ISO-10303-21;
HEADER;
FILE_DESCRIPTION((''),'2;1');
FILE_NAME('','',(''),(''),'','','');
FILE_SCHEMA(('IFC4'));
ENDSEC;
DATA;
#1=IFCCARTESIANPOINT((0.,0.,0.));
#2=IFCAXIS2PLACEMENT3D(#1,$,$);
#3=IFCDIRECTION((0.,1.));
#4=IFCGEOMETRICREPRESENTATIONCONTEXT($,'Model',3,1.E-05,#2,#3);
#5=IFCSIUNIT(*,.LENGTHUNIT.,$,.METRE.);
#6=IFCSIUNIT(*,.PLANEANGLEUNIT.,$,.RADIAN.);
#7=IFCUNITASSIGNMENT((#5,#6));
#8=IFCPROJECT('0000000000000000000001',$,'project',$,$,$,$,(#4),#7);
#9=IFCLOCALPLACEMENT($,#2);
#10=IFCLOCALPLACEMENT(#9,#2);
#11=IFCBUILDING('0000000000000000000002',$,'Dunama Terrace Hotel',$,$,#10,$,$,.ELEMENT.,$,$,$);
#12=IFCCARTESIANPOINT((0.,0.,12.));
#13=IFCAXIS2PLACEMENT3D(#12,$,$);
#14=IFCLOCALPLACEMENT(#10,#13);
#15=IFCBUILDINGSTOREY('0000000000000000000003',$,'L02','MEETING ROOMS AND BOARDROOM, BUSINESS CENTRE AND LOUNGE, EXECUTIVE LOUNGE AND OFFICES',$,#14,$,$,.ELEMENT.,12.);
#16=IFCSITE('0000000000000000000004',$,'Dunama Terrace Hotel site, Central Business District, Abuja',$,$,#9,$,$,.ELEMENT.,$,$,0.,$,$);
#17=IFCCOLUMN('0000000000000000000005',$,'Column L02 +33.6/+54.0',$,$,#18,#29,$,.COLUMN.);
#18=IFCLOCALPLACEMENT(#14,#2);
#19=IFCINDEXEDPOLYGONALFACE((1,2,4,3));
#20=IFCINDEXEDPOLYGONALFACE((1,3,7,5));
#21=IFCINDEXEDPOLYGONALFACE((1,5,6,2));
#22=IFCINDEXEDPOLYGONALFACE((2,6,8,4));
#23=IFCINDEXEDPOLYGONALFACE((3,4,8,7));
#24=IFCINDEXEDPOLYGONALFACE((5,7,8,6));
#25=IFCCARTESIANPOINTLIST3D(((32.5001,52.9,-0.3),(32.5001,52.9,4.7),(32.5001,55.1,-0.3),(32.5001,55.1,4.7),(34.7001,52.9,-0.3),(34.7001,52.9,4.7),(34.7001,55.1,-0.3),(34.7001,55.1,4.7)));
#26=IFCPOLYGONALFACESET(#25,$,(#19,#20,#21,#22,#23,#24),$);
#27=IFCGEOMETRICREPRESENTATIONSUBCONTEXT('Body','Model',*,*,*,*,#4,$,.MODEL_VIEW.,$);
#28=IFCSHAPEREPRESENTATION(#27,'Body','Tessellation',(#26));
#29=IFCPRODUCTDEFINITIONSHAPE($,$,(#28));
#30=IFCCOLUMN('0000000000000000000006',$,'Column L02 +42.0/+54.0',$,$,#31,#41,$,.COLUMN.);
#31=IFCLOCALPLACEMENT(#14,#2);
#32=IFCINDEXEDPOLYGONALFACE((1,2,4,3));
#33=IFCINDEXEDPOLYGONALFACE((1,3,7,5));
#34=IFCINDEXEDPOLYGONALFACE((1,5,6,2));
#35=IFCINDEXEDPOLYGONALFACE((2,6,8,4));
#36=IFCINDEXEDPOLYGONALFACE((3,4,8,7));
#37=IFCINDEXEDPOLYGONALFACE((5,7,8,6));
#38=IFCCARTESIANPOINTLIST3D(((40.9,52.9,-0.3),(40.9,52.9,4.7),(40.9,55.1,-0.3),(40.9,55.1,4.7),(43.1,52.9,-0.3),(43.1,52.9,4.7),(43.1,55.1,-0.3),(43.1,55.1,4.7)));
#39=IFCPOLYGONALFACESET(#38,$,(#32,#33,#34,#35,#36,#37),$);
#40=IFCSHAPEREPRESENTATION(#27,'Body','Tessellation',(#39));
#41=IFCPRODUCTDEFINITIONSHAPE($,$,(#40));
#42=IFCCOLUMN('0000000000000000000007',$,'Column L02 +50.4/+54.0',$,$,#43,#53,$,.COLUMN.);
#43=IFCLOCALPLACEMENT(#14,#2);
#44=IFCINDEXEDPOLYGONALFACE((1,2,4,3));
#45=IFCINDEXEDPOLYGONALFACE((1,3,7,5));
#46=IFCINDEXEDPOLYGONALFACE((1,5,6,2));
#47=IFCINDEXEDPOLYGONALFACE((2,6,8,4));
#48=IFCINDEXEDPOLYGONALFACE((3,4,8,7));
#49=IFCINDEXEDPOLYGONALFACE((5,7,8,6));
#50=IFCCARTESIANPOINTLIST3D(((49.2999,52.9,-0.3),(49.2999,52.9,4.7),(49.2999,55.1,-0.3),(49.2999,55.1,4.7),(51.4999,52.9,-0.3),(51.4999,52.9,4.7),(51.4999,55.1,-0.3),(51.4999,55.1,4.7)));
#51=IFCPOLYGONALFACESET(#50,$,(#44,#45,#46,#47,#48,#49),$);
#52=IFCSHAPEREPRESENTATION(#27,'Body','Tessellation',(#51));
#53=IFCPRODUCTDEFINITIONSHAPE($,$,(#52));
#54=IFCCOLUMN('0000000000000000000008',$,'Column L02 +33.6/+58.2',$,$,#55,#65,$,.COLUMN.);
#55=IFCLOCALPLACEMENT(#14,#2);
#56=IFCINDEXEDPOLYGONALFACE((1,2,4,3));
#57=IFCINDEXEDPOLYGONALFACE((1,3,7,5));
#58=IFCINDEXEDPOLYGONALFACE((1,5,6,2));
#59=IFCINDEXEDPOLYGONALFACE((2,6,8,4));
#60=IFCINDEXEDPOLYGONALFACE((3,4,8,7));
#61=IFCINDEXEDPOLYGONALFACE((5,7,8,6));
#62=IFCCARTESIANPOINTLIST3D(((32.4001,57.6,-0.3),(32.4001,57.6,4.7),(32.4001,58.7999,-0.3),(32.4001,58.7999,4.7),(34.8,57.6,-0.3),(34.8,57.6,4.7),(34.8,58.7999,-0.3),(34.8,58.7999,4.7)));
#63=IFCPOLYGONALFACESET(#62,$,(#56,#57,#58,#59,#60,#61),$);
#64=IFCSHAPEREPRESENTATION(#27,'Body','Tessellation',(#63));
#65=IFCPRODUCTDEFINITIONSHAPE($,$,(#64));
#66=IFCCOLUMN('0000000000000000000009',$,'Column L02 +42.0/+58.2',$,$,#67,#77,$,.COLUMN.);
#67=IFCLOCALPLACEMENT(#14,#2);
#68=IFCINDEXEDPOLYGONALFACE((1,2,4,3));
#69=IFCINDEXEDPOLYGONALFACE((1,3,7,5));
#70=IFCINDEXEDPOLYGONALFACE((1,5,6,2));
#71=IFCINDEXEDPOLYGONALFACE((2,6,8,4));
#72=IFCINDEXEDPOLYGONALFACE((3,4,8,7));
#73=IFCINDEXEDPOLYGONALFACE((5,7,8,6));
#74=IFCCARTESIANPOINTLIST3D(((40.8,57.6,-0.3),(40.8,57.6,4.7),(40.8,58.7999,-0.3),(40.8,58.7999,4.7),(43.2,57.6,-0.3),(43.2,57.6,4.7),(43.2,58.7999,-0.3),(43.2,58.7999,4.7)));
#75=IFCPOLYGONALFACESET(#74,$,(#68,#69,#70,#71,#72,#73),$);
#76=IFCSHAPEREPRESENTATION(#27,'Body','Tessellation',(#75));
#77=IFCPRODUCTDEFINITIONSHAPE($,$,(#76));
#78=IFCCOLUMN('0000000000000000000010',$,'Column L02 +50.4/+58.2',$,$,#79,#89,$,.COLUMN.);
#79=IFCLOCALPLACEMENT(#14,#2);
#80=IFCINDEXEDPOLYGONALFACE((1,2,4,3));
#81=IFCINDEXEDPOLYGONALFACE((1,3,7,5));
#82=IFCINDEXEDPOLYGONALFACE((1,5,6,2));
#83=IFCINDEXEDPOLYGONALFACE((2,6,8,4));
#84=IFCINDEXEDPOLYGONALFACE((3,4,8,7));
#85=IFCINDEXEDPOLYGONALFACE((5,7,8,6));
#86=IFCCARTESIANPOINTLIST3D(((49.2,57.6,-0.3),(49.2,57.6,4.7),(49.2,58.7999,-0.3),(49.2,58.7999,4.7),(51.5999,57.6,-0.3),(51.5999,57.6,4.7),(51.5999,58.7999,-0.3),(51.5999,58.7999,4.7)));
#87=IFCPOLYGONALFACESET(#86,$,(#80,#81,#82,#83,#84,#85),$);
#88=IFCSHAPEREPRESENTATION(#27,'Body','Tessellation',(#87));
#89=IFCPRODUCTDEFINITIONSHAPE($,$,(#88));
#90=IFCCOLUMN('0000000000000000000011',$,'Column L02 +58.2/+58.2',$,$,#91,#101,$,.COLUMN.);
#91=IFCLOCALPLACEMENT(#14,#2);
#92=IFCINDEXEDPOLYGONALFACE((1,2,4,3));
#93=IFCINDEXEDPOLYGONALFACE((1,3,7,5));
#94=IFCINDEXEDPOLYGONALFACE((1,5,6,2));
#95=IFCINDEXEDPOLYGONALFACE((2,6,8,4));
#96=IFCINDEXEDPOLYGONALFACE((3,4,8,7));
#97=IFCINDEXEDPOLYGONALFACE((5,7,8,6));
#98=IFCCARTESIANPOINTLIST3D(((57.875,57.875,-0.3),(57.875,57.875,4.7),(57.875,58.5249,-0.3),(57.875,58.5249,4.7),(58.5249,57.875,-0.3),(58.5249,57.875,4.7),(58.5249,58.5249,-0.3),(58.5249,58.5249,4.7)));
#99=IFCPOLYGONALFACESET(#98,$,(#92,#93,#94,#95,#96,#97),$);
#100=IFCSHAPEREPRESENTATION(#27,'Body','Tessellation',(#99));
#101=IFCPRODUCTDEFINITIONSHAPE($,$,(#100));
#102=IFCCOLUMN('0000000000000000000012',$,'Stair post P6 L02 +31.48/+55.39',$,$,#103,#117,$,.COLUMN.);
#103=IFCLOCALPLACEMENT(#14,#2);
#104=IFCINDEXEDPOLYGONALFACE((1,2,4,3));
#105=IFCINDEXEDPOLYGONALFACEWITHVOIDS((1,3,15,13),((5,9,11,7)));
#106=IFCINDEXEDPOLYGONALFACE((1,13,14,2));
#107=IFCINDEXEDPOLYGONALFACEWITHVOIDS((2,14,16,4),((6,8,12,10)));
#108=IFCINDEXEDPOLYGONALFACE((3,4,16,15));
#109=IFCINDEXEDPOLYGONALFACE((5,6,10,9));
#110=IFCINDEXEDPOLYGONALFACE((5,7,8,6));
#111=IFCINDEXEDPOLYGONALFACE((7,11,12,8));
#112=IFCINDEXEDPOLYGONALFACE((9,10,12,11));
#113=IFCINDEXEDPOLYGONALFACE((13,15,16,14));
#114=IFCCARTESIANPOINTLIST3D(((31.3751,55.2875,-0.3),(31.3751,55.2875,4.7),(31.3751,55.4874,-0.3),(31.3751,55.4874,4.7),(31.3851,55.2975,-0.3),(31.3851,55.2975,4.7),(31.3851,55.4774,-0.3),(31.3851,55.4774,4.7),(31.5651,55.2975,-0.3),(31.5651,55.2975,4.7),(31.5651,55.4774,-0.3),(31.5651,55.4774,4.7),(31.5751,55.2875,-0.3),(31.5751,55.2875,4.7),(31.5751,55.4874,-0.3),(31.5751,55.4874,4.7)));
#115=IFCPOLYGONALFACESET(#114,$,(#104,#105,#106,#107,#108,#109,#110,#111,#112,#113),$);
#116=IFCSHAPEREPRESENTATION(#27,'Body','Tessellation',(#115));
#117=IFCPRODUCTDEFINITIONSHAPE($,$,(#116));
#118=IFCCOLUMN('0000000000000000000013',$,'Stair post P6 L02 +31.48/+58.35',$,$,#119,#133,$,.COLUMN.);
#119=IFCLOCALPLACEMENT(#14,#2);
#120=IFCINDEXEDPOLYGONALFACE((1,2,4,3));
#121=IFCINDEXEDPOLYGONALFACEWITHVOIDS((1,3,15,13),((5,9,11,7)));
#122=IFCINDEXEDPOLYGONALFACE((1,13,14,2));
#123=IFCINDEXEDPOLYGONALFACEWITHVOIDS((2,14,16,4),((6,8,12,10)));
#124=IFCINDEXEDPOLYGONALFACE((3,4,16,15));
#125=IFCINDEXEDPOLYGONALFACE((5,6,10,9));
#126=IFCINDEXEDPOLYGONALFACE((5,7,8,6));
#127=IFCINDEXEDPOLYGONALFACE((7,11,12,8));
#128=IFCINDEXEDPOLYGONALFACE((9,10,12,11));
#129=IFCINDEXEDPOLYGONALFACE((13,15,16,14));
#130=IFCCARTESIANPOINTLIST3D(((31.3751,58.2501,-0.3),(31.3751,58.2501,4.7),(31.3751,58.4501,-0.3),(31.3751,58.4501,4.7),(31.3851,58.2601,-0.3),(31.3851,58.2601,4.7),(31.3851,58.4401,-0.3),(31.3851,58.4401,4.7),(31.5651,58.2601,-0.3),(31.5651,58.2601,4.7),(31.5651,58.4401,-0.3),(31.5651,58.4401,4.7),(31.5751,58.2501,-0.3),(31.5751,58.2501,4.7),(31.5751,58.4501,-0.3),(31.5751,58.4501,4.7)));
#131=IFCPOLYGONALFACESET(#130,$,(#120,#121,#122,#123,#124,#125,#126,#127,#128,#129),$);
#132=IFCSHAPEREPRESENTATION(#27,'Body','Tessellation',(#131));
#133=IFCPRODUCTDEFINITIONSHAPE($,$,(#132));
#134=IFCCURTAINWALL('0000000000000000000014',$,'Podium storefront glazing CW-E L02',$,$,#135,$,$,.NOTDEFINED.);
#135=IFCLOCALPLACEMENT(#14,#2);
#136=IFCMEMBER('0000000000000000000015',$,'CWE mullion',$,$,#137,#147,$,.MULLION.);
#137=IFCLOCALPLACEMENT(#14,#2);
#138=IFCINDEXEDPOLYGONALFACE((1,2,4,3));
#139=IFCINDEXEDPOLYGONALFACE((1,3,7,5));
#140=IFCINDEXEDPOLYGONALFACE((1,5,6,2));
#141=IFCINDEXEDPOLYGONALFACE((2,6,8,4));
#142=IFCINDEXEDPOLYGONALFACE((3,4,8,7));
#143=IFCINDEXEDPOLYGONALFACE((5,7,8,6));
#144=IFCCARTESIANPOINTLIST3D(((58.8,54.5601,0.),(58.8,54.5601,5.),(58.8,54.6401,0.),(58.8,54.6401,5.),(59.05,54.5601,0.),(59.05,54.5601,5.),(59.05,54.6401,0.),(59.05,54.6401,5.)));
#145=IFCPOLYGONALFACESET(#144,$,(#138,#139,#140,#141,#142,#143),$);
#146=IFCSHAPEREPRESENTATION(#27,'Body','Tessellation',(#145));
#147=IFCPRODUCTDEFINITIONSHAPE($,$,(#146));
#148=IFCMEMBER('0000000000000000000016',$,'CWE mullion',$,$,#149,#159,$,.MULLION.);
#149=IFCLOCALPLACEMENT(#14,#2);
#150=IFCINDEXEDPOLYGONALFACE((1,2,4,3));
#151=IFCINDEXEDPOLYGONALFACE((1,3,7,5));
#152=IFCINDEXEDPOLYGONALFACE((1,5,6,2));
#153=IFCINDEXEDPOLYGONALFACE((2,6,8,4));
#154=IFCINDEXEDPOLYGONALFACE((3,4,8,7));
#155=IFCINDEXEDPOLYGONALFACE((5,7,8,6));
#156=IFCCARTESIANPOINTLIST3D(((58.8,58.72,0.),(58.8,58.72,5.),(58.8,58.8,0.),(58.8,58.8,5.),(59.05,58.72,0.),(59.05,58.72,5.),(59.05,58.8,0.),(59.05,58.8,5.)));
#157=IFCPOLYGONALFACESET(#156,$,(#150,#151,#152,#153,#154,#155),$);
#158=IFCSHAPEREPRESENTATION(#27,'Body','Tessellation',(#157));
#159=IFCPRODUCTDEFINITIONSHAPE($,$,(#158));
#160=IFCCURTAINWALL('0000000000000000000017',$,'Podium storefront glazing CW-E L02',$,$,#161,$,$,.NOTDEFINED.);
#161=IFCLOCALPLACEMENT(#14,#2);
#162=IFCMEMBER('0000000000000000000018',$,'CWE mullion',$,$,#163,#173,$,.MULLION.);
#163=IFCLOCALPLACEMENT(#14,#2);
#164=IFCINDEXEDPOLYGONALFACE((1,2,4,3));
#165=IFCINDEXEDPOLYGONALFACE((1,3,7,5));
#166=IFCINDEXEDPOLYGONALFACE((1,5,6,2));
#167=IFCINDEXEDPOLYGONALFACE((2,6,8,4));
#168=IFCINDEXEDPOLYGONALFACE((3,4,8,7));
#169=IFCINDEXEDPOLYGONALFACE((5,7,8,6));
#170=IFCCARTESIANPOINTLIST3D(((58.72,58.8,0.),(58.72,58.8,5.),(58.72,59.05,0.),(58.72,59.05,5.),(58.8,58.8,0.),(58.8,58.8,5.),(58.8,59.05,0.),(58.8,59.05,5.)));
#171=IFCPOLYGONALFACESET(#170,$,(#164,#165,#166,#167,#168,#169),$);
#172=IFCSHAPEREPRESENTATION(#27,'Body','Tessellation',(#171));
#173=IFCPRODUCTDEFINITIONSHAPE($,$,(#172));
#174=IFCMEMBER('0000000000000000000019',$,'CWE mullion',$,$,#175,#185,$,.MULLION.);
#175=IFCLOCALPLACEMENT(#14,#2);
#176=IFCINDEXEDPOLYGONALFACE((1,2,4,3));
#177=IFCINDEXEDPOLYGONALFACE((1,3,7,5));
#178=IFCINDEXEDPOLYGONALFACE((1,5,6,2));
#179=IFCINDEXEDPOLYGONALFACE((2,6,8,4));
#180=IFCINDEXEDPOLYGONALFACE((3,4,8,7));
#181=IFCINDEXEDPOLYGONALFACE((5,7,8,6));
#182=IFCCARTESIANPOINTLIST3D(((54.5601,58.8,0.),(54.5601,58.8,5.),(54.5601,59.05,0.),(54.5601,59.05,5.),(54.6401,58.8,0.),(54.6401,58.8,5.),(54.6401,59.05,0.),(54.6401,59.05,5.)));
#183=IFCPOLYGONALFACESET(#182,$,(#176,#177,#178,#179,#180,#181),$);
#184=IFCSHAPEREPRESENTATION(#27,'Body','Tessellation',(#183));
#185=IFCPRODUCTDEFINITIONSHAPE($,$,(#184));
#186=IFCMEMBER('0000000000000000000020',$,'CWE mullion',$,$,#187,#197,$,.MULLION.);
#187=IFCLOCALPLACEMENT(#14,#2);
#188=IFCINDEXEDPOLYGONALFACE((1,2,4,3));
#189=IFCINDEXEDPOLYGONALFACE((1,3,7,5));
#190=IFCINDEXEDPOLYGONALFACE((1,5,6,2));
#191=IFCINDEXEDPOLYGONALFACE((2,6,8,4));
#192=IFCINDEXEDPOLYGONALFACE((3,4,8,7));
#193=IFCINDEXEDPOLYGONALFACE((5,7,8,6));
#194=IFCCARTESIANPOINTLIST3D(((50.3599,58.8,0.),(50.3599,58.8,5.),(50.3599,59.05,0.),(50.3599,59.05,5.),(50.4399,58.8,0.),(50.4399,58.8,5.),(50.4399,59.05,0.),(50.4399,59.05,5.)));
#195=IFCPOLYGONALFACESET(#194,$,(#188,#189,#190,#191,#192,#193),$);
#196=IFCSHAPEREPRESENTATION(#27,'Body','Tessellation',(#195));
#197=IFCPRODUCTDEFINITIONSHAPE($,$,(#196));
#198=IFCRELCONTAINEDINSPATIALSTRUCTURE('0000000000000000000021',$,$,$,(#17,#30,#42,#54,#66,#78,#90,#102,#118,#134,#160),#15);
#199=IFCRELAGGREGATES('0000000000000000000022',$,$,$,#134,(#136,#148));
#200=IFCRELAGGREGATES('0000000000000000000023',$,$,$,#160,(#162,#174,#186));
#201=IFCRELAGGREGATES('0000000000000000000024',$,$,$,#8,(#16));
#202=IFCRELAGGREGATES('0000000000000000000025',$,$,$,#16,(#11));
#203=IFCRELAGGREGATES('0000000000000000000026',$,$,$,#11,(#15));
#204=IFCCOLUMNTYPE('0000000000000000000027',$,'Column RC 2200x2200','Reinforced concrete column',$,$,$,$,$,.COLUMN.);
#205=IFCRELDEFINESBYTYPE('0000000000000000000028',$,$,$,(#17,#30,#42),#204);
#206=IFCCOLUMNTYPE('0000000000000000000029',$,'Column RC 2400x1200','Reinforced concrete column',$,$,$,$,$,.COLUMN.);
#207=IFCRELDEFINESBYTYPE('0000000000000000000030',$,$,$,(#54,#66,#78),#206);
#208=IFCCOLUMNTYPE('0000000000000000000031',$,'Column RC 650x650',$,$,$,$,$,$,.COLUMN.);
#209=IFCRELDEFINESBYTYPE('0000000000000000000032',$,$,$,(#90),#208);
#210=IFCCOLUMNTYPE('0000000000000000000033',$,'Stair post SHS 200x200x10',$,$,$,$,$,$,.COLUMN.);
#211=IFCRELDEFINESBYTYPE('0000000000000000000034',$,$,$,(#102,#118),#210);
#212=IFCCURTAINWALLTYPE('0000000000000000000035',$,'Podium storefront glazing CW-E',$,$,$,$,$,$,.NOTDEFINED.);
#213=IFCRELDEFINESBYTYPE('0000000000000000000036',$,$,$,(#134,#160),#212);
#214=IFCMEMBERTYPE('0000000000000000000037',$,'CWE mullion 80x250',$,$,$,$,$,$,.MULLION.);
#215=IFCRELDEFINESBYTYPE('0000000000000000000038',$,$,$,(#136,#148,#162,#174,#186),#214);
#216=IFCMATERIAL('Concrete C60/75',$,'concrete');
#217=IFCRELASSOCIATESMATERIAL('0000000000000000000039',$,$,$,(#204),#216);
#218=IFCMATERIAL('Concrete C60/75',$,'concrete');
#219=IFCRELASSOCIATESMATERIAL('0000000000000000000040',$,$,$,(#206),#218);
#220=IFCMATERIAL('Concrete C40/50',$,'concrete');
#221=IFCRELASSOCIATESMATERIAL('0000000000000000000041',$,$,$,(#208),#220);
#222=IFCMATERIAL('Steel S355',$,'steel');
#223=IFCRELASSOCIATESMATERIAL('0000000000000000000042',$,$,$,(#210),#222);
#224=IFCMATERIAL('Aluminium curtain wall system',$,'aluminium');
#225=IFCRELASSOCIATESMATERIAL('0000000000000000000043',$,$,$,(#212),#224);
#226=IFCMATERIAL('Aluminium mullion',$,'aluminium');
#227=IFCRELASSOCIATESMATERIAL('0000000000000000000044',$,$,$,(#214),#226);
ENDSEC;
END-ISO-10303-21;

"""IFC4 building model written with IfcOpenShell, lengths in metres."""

from ifc_helpers import new_model, si_unit, direction, frame, origin, origin_2d, place, context, subcontext, project, spatial, rectangle, hollow_rectangle, extrude, material, material_profile, profile_set, type_object, element, aggregate, save


model = new_model("IFC4")

# Units and contexts
model_context = context("Model", 3, precision=1e-05, world=origin(), true_north=direction((0.0, 1.0)))
body_context = subcontext(model_context, "Body", "Model", "MODEL_VIEW")
ifc_project = project(units=[si_unit("LENGTHUNIT", "METRE"), si_unit("PLANEANGLEUNIT", "RADIAN")], contexts=[model_context])

# Site, building, storey
site_placement = place(None, origin())
site = spatial("IfcSite", under=ifc_project, at=site_placement, Name="Dunama Terrace Hotel site, Central Business District, Abuja", CompositionType="ELEMENT", RefElevation=0.0)
building_placement = place(site_placement, origin())
building = spatial("IfcBuilding", under=site, at=building_placement, Name="Dunama Terrace Hotel", CompositionType="ELEMENT")
storey_placement = place(building_placement, frame((0.0, 0.0, 12.0)))
storey = spatial("IfcBuildingStorey", under=building, at=storey_placement, Name="L02", Description="MEETING ROOMS AND BOARDROOM, BUSINESS CENTRE AND LOUNGE, EXECUTIVE LOUNGE AND OFFICES", CompositionType="ELEMENT", Elevation=12.0)

# Columns
ifc_material_1 = material(Name="Concrete C60/75", Category="concrete")
ifc_material_profile_1 = material_profile(ifc_material_1, rectangle(XDim=2.2, YDim=2.2, at=origin_2d()), Name="RC 2200x2200")
ifc_profile_set_1 = profile_set([ifc_material_profile_1], Name="Concrete C60/75")
column_type_1 = type_object("IfcColumnType", Name="Column RC 2200x2200", Description="Reinforced concrete column", PredefinedType="COLUMN", material=ifc_profile_set_1)
for number, where, z_axis, x_axis, name in (
    (1, (33.6001, 54.0, -0.3), (0.0, 0.0, 1.0), (1.0, 0.0, 0.0), "Column L02 +33.6/+54.0"),
    (2, (42.0, 54.0, -0.3), (0.0, 0.0, 1.0), (1.0, 0.0, 0.0), "Column L02 +42.0/+54.0"),
    (3, (50.3999, 54.0, -0.3), (0.0, 0.0, 1.0), (1.0, 0.0, 0.0), "Column L02 +50.4/+54.0"),
):
    element("IfcColumn", number, at=place(storey_placement, frame(where, z_axis=z_axis, x_axis=x_axis)), inside=storey, type_object=column_type_1, Name=name, PredefinedType="COLUMN", context=body_context, shape_type="SweptSolid", body=[
        extrude(rectangle(XDim=2.2, YDim=2.2, at=origin_2d()), origin(), (0.0, 0.0, 1.0), 5.0),
    ])
ifc_material_2 = material(Name="Concrete C60/75", Category="concrete")
ifc_material_profile_2 = material_profile(ifc_material_2, rectangle(XDim=2.3999, YDim=1.2, at=origin_2d()), Name="RC 2400x1200")
ifc_profile_set_2 = profile_set([ifc_material_profile_2], Name="Concrete C60/75")
column_type_2 = type_object("IfcColumnType", Name="Column RC 2400x1200", Description="Reinforced concrete column", PredefinedType="COLUMN", material=ifc_profile_set_2)
for number, where, z_axis, x_axis, name in (
    (4, (33.6001, 58.2, -0.3), (0.0, 0.0, 1.0), (1.0, 0.0, 0.0), "Column L02 +33.6/+58.2"),
    (5, (42.0, 58.2, -0.3), (0.0, 0.0, 1.0), (1.0, 0.0, 0.0), "Column L02 +42.0/+58.2"),
    (6, (50.3999, 58.2, -0.3), (0.0, 0.0, 1.0), (1.0, 0.0, 0.0), "Column L02 +50.4/+58.2"),
):
    element("IfcColumn", number, at=place(storey_placement, frame(where, z_axis=z_axis, x_axis=x_axis)), inside=storey, type_object=column_type_2, Name=name, PredefinedType="COLUMN", context=body_context, shape_type="SweptSolid", body=[
        extrude(rectangle(XDim=2.3999, YDim=1.2, at=origin_2d()), origin(), (0.0, 0.0, 1.0), 5.0),
    ])
ifc_material_3 = material(Name="Concrete C40/50", Category="concrete")
ifc_material_profile_3 = material_profile(ifc_material_3, rectangle(XDim=0.6499, YDim=0.6499, at=origin_2d()), Name="RC 650x650")
ifc_profile_set_3 = profile_set([ifc_material_profile_3], Name="Concrete C40/50")
column_type_3 = type_object("IfcColumnType", Name="Column RC 650x650", PredefinedType="COLUMN", material=ifc_profile_set_3)
column_placement = place(storey_placement, frame((58.2, 58.2, -0.3), z_axis=(0.0, 0.0, 1.0), x_axis=(1.0, 0.0, 0.0)))
element("IfcColumn", 7, at=column_placement, inside=storey, type_object=column_type_3, Name="Column L02 +58.2/+58.2", PredefinedType="COLUMN", context=body_context, shape_type="SweptSolid", body=[
    extrude(rectangle(XDim=0.6499, YDim=0.6499, at=origin_2d()), origin(), (0.0, 0.0, 1.0), 5.0),
])
ifc_material_4 = material(Name="Steel S355", Category="steel")
ifc_material_profile_4 = material_profile(ifc_material_4, hollow_rectangle(XDim=0.2, YDim=0.2, WallThickness=0.01, at=origin_2d()), Name="SHS 200x200x10")
ifc_profile_set_4 = profile_set([ifc_material_profile_4], Name="Steel S355")
column_type_4 = type_object("IfcColumnType", Name="Stair post SHS 200x200x10", PredefinedType="COLUMN", material=ifc_profile_set_4)
for number, where, z_axis, x_axis, name in (
    (8, (31.4751, 55.3875, -0.3), (0.0, 0.0, 1.0), (1.0, 0.0, 0.0), "Stair post P6 L02 +31.48/+55.39"),
    (9, (31.4751, 58.3501, -0.3), (0.0, 0.0, 1.0), (1.0, 0.0, 0.0), "Stair post P6 L02 +31.48/+58.35"),
):
    element("IfcColumn", number, at=place(storey_placement, frame(where, z_axis=z_axis, x_axis=x_axis)), inside=storey, type_object=column_type_4, Name=name, PredefinedType="COLUMN", context=body_context, shape_type="SweptSolid", body=[
        extrude(hollow_rectangle(XDim=0.2, YDim=0.2, WallThickness=0.01, at=origin_2d()), origin(), (0.0, 0.0, 1.0), 5.0),
    ])

# Curtain walls, members
ifc_material_5 = material(Name="Aluminium curtain wall system", Category="aluminium")
curtain_wall_type = type_object("IfcCurtainWallType", Name="Podium storefront glazing CW-E", PredefinedType="NOTDEFINED", material=ifc_material_5)
curtain_wall_1_placement = place(storey_placement, origin())
curtain_wall_1 = element("IfcCurtainWall", 10, at=curtain_wall_1_placement, inside=storey, type_object=curtain_wall_type, Name="Podium storefront glazing CW-E L02", PredefinedType="NOTDEFINED")
ifc_material_6 = material(Name="Aluminium mullion", Category="aluminium")
ifc_material_profile_5 = material_profile(ifc_material_6, rectangle(XDim=0.0801, YDim=0.25, at=origin_2d()), Name="CWE MULLION 80X250")
ifc_profile_set_5 = profile_set([ifc_material_profile_5], Name="Aluminium mullion")
member_type_1 = type_object("IfcMemberType", Name="CWE mullion 80x250", PredefinedType="MULLION", material=ifc_profile_set_5)
member_1_placement = place(storey_placement, frame((58.925, 54.6001, 0.0), z_axis=(0.0, 0.0, 1.0), x_axis=(0.0, 1.0, 0.0)))
member_1 = element("IfcMember", 11, at=member_1_placement, type_object=member_type_1, Name="CWE mullion", PredefinedType="MULLION", context=body_context, shape_type="SweptSolid", body=[
    extrude(rectangle(XDim=0.0801, YDim=0.25, at=origin_2d()), origin(), (0.0, 0.0, 1.0), 5.0),
])
member_2_placement = place(storey_placement, frame((58.925, 58.76, 0.0), z_axis=(0.0, 0.0, 1.0), x_axis=(0.0, 1.0, 0.0)))
member_2 = element("IfcMember", 12, at=member_2_placement, type_object=member_type_1, Name="CWE mullion", PredefinedType="MULLION", context=body_context, shape_type="SweptSolid", body=[
    extrude(rectangle(XDim=0.0801, YDim=0.25, at=origin_2d()), origin(), (0.0, 0.0, 1.0), 5.0),
])
curtain_wall_2_placement = place(storey_placement, origin())
curtain_wall_2 = element("IfcCurtainWall", 13, at=curtain_wall_2_placement, inside=storey, type_object=curtain_wall_type, Name="Podium storefront glazing CW-E L02", PredefinedType="NOTDEFINED")
member_3_placement = place(storey_placement, frame((58.76, 58.925, 0.0), z_axis=(0.0, 0.0, 1.0), x_axis=(-1.0, 0.0, 0.0)))
member_3 = element("IfcMember", 14, at=member_3_placement, type_object=member_type_1, Name="CWE mullion", PredefinedType="MULLION", context=body_context, shape_type="SweptSolid", body=[
    extrude(rectangle(XDim=0.0801, YDim=0.25, at=origin_2d()), origin(), (0.0, 0.0, 1.0), 5.0),
])
member_4_placement = place(storey_placement, frame((54.6001, 58.925, 0.0), z_axis=(0.0, 0.0, 1.0), x_axis=(-1.0, 0.0, 0.0)))
member_4 = element("IfcMember", 15, at=member_4_placement, type_object=member_type_1, Name="CWE mullion", PredefinedType="MULLION", context=body_context, shape_type="SweptSolid", body=[
    extrude(rectangle(XDim=0.0801, YDim=0.25, at=origin_2d()), origin(), (0.0, 0.0, 1.0), 5.0),
])
member_5_placement = place(storey_placement, frame((50.3999, 58.925, 0.0), z_axis=(0.0, 0.0, 1.0), x_axis=(-1.0, 0.0, 0.0)))
member_5 = element("IfcMember", 16, at=member_5_placement, type_object=member_type_1, Name="CWE mullion", PredefinedType="MULLION", context=body_context, shape_type="SweptSolid", body=[
    extrude(rectangle(XDim=0.0801, YDim=0.25, at=origin_2d()), origin(), (0.0, 0.0, 1.0), 5.0),
])

aggregate(curtain_wall_1, [member_1, member_2])
aggregate(curtain_wall_2, [member_3, member_4, member_5])

save(model, "model.ifc")
